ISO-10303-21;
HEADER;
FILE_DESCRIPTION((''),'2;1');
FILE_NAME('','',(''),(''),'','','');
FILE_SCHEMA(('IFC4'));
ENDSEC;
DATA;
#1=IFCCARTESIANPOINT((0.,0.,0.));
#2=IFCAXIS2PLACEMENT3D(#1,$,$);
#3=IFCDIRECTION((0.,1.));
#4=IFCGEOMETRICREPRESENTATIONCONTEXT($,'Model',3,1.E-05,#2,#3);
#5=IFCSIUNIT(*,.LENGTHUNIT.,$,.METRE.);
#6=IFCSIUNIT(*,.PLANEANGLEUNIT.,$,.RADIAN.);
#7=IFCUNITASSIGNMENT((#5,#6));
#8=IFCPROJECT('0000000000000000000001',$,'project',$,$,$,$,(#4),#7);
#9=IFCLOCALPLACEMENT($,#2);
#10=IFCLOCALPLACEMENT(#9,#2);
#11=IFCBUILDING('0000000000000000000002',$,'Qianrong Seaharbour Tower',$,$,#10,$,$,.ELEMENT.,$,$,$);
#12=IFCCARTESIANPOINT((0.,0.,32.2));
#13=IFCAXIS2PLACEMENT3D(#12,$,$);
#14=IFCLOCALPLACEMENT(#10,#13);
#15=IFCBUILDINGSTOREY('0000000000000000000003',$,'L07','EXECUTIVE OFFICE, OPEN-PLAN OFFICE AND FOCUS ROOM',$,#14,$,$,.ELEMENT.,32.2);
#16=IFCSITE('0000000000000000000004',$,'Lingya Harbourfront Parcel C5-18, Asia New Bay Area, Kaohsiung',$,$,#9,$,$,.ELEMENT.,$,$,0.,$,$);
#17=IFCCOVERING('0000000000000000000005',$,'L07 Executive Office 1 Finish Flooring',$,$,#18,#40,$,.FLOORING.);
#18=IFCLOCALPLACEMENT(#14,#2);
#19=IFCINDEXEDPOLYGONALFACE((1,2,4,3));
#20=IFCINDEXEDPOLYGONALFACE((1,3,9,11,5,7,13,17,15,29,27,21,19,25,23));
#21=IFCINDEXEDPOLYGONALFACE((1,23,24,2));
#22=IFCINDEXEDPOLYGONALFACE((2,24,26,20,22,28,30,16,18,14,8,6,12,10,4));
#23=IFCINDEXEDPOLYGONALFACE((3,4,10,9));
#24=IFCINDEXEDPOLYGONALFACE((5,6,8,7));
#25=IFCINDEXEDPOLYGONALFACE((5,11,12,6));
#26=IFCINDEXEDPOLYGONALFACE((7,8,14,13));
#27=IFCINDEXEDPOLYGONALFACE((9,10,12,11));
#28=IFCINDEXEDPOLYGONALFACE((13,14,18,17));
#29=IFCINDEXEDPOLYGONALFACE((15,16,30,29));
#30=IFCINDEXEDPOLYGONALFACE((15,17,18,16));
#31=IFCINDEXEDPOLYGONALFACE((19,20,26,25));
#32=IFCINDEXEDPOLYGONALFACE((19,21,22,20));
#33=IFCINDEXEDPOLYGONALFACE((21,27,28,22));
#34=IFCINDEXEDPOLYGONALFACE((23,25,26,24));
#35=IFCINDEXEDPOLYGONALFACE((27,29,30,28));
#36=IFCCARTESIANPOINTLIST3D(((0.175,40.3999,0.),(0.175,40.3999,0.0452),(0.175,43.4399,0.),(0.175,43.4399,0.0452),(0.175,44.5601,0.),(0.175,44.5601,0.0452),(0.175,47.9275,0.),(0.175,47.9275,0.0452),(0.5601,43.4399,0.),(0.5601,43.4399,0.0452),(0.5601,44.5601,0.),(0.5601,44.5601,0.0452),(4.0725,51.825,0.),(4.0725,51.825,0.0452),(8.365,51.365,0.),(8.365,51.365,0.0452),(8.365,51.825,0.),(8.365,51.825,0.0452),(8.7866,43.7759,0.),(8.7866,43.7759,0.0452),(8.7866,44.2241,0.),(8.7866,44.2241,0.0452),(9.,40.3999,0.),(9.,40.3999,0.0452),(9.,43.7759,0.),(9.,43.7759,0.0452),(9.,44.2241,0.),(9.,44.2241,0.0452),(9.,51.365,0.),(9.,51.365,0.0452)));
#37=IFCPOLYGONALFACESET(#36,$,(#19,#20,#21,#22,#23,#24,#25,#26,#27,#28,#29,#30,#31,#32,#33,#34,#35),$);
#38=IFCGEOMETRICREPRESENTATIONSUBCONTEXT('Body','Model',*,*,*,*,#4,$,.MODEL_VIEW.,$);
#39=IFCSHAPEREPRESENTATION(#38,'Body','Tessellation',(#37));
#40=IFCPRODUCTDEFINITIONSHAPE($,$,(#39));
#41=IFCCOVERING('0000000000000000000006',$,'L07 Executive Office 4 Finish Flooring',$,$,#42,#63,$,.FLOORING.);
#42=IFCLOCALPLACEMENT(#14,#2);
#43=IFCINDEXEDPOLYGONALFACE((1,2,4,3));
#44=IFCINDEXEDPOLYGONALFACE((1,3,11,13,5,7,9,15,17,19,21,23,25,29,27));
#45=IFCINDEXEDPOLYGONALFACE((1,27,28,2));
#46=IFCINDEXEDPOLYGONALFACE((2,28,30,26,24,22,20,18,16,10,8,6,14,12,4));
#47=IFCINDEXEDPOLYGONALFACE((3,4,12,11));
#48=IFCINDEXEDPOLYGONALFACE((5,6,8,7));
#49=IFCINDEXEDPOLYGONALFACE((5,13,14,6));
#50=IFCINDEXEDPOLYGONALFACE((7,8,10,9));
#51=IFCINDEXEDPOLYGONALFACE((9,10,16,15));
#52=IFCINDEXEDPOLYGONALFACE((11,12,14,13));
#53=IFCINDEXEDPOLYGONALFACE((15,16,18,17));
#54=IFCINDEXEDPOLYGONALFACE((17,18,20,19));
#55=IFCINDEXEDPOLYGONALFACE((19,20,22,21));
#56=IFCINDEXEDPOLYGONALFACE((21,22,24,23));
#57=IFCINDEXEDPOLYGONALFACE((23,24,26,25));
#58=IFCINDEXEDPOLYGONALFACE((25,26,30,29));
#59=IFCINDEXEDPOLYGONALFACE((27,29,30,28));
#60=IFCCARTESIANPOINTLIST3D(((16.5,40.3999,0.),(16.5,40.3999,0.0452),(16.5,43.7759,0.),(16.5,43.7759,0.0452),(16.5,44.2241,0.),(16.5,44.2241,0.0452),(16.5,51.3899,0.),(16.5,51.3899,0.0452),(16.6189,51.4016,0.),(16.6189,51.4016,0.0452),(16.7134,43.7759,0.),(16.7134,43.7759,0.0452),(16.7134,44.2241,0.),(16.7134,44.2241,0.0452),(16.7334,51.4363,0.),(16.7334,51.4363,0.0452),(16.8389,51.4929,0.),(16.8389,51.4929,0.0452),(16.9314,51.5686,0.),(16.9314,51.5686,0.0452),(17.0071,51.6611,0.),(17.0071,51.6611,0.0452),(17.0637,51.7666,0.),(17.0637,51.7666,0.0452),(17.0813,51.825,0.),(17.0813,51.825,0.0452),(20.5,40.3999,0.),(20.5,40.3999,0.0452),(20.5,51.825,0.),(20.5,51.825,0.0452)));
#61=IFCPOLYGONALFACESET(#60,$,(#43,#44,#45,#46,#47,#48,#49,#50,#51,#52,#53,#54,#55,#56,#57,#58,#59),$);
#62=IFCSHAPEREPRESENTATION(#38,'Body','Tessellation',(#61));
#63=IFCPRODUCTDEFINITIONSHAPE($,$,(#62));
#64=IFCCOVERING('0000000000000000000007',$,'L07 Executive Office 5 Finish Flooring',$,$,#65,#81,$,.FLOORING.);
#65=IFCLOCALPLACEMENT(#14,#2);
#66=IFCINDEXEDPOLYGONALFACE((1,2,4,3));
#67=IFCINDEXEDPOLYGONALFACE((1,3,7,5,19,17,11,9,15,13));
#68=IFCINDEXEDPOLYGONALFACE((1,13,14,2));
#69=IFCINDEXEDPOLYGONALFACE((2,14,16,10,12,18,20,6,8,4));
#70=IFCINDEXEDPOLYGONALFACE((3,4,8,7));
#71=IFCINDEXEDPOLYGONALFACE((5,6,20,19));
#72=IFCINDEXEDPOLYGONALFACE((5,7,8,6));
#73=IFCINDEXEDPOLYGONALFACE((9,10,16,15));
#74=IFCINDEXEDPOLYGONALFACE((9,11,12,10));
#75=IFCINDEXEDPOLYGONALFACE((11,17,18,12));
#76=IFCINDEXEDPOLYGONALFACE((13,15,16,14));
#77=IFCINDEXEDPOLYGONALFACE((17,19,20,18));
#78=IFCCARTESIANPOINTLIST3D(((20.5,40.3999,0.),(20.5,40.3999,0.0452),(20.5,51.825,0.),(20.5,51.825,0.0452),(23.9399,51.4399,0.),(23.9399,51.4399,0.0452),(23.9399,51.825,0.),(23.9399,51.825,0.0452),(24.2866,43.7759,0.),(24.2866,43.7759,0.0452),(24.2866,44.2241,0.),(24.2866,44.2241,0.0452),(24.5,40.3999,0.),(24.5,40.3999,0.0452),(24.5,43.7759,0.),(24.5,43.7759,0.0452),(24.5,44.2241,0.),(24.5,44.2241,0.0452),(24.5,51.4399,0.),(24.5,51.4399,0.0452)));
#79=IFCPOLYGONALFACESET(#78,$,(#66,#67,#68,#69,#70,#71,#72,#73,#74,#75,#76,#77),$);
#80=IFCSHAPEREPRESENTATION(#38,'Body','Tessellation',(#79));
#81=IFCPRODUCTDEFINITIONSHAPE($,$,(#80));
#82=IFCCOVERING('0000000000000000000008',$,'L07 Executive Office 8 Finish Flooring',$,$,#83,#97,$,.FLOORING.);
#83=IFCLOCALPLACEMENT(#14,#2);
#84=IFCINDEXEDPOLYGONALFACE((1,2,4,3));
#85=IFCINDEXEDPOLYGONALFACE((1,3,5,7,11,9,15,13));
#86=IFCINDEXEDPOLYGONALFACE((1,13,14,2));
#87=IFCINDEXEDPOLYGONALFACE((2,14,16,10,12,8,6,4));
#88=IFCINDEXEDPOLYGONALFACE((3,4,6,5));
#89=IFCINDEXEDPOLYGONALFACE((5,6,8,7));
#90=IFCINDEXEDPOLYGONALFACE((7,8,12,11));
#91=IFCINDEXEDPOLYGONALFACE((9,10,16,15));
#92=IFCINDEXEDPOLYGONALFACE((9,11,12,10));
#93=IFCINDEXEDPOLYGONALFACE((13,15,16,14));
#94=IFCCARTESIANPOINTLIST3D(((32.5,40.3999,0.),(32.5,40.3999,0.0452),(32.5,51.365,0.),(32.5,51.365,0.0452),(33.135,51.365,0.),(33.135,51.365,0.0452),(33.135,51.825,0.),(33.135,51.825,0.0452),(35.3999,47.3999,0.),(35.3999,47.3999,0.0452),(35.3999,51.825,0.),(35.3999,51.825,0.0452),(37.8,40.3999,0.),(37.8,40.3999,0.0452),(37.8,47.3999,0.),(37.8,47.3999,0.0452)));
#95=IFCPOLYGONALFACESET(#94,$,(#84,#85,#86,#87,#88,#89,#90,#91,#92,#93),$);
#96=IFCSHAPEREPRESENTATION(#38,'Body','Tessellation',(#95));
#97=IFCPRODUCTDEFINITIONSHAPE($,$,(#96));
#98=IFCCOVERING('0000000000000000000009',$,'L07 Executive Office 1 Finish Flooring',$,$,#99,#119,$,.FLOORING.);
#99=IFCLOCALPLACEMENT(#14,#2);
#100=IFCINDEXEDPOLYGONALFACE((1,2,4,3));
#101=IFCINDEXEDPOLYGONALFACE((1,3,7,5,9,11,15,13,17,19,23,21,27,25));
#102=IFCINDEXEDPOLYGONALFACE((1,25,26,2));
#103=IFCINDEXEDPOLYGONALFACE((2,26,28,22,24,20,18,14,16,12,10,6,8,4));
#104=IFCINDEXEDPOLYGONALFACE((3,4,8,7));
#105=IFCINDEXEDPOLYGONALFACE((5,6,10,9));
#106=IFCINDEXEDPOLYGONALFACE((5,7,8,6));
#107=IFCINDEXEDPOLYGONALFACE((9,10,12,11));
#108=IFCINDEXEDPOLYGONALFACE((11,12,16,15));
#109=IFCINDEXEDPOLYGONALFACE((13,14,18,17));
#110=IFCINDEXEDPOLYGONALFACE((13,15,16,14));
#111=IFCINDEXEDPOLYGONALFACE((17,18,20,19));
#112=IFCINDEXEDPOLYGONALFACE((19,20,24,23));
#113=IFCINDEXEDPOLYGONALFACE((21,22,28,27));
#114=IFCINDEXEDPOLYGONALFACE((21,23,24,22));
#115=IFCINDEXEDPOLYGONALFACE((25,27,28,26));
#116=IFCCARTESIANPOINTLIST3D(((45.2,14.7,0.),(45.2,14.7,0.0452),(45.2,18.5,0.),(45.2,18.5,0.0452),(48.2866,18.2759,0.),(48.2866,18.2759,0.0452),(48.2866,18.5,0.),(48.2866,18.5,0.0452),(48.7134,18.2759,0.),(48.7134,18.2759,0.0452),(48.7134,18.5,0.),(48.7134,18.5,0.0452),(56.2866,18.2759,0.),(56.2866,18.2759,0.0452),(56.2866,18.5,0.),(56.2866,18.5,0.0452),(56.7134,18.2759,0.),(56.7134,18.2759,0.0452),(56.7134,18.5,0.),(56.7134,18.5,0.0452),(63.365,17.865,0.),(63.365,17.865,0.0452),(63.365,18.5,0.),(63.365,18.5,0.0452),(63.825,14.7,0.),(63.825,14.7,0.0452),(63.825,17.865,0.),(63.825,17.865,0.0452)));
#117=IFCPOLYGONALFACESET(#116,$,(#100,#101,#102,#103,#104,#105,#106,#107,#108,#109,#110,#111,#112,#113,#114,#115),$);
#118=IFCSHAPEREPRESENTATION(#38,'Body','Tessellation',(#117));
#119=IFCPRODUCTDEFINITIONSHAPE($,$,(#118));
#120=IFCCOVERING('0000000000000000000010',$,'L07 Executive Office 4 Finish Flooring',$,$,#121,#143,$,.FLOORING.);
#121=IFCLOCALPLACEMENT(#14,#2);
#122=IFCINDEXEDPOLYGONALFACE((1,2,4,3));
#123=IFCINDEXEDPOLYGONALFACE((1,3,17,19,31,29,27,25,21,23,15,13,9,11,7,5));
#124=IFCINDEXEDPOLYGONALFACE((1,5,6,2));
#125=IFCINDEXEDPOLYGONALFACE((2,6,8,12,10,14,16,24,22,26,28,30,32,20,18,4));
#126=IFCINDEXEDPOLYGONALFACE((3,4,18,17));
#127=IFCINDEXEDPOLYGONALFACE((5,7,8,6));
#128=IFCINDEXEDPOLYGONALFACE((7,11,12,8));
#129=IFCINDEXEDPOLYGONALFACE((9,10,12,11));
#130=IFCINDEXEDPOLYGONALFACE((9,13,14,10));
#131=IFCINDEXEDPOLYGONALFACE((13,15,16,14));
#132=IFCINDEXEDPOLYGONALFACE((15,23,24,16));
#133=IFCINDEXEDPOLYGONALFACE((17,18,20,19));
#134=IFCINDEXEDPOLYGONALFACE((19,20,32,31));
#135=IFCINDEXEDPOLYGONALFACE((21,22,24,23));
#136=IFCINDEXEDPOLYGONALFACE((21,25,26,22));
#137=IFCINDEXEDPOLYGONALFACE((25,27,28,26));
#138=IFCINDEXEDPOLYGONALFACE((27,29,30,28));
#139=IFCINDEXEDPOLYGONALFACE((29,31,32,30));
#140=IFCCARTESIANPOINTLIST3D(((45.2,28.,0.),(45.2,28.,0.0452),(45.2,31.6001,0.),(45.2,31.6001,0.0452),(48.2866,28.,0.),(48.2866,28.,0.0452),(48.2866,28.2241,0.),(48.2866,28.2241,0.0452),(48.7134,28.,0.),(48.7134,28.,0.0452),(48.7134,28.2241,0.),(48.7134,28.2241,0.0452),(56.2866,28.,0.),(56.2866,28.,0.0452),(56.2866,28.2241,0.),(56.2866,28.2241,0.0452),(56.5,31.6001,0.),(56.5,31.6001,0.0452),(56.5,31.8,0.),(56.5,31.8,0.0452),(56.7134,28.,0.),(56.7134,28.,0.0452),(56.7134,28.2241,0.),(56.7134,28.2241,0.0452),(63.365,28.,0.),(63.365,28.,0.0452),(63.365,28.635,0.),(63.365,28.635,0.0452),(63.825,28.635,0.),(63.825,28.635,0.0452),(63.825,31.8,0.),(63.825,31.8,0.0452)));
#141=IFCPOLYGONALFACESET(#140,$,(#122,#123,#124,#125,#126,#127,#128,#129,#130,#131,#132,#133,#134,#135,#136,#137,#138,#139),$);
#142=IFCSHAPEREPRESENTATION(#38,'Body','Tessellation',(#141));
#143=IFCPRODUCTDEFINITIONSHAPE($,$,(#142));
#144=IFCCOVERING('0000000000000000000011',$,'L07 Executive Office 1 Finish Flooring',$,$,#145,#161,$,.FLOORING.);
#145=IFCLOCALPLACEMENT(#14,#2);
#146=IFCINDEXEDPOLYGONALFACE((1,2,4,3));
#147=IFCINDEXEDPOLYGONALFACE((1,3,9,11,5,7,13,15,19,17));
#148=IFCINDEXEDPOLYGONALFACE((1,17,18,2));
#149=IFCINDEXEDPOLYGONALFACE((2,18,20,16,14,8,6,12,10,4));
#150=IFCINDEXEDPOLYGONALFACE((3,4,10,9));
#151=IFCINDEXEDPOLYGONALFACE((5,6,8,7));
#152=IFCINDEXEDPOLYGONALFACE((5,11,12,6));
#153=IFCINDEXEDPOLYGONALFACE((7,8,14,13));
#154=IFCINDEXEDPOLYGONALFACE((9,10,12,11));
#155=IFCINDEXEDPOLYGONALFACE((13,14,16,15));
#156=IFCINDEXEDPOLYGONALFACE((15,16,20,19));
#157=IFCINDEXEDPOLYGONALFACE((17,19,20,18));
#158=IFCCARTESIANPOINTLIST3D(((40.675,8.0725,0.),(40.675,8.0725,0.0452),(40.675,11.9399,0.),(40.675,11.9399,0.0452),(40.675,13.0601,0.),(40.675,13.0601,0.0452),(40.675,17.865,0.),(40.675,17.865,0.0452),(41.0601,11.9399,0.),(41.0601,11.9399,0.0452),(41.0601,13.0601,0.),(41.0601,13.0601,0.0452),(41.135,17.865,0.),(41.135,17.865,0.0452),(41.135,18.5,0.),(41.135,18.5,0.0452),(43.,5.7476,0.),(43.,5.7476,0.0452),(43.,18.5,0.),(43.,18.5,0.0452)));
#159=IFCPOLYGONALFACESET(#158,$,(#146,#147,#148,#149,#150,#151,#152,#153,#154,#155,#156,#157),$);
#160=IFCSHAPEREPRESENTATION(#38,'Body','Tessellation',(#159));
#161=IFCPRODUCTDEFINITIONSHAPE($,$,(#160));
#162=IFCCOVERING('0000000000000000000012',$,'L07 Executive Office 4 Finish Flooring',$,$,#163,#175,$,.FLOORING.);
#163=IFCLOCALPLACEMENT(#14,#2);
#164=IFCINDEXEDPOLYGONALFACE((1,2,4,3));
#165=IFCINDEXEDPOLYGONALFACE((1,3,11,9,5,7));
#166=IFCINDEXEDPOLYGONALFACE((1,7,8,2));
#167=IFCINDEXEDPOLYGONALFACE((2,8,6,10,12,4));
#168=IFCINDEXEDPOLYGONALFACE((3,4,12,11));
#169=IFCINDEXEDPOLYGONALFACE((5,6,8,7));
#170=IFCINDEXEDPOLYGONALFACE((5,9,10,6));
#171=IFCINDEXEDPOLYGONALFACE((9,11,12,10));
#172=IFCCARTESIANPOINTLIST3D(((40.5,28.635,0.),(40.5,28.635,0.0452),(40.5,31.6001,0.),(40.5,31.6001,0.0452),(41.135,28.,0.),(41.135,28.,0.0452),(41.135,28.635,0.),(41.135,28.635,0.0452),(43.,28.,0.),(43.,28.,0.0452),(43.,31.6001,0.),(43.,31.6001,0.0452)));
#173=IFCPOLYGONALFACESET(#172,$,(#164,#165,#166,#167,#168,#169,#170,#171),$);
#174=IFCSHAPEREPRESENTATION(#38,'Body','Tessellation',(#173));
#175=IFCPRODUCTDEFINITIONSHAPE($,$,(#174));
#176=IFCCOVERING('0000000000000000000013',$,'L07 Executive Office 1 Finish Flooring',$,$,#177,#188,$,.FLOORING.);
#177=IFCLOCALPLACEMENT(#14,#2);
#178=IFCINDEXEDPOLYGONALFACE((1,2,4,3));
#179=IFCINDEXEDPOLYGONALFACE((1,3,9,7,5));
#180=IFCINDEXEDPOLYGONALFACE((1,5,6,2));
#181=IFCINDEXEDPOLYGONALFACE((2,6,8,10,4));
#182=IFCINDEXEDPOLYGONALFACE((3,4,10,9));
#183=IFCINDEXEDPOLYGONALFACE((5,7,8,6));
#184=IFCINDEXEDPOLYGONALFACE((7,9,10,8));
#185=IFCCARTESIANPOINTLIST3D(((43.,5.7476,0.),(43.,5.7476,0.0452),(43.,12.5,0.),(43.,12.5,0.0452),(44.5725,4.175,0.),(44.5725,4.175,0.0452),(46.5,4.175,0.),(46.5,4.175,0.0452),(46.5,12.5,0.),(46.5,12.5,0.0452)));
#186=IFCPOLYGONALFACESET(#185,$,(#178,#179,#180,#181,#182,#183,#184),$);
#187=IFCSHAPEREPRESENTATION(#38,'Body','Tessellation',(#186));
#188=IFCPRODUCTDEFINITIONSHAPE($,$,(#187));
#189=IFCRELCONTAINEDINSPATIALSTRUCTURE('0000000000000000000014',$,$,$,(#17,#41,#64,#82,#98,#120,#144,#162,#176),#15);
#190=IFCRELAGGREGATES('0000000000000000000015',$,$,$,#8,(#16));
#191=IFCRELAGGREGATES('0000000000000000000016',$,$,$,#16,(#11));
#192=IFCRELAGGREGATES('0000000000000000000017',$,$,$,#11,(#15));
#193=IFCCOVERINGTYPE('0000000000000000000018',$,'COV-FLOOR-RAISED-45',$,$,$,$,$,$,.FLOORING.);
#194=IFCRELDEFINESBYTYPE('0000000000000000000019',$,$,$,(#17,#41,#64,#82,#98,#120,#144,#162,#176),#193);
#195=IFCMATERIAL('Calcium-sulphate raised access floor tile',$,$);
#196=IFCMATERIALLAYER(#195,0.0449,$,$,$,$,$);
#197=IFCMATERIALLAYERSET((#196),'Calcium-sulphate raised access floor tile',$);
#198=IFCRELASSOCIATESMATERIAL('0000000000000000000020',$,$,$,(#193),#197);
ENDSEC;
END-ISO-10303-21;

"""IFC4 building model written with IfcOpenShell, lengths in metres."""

from ifc_helpers import new_model, si_unit, direction, frame, origin, place, context, subcontext, project, spatial, polyline, outline, extrude, material, layer, layer_set, type_object, element, save


model = new_model("IFC4")

# Units and contexts
model_context = context("Model", 3, precision=1e-05, world=origin(), true_north=direction((0.0, 1.0)))
body_context = subcontext(model_context, "Body", "Model", "MODEL_VIEW")
ifc_project = project(units=[si_unit("LENGTHUNIT", "METRE"), si_unit("PLANEANGLEUNIT", "RADIAN")], contexts=[model_context])

# Site, building, storey
site_placement = place(None, origin())
site = spatial("IfcSite", under=ifc_project, at=site_placement, Name="Lingya Harbourfront Parcel C5-18, Asia New Bay Area, Kaohsiung", CompositionType="ELEMENT", RefElevation=0.0)
building_placement = place(site_placement, origin())
building = spatial("IfcBuilding", under=site, at=building_placement, Name="Qianrong Seaharbour Tower", CompositionType="ELEMENT")
storey_placement = place(building_placement, frame((0.0, 0.0, 32.2)))
storey = spatial("IfcBuildingStorey", under=building, at=storey_placement, Name="L07", Description="EXECUTIVE OFFICE, OPEN-PLAN OFFICE AND FOCUS ROOM", CompositionType="ELEMENT", Elevation=32.2)

# Coverings
ifc_material_1 = material(Name="Calcium-sulphate raised access floor tile")
ifc_layer_1 = layer(ifc_material_1, 0.0449)
ifc_layer_set_1 = layer_set([ifc_layer_1], Name="Calcium-sulphate raised access floor tile")
covering_type_1 = type_object("IfcCoveringType", Name="COV-FLOOR-RAISED-45", PredefinedType="FLOORING", material=ifc_layer_set_1)
covering_1_placement = place(storey_placement, origin())
element("IfcCovering", 1, at=covering_1_placement, inside=storey, type_object=covering_type_1, Name="L07 Executive Office 1 Finish Flooring", PredefinedType="FLOORING", context=body_context, shape_type="SweptSolid", body=[
    extrude(outline(polyline([(0.175, 43.4399), (0.5601, 43.4399), (0.5601, 44.5601), (0.175, 44.5601), (0.175, 47.9275), (4.0725, 51.825), (8.365, 51.825), (8.365, 51.365), (9.0, 51.365), (9.0, 44.2241), (8.7866, 44.2241), (8.7866, 43.7759), (9.0, 43.7759), (9.0, 40.3999), (0.175, 40.3999), (0.175, 43.4399)])), origin(), (0.0, 0.0, 1.0), 0.0452),
])
covering_2_placement = place(storey_placement, origin())
element("IfcCovering", 2, at=covering_2_placement, inside=storey, type_object=covering_type_1, Name="L07 Executive Office 4 Finish Flooring", PredefinedType="FLOORING", context=body_context, shape_type="SweptSolid", body=[
    extrude(outline(polyline([(16.5, 43.7759), (16.7134, 43.7759), (16.7134, 44.2241), (16.5, 44.2241), (16.5, 51.3899), (16.6189, 51.4016), (16.7334, 51.4363), (16.8389, 51.4929), (16.9314, 51.5686), (17.0071, 51.6611), (17.0637, 51.7666), (17.0813, 51.825), (20.5, 51.825), (20.5, 40.3999), (16.5, 40.3999), (16.5, 43.7759)])), origin(), (0.0, 0.0, 1.0), 0.0452),
])
covering_3_placement = place(storey_placement, origin())
element("IfcCovering", 3, at=covering_3_placement, inside=storey, type_object=covering_type_1, Name="L07 Executive Office 5 Finish Flooring", PredefinedType="FLOORING", context=body_context, shape_type="SweptSolid", body=[
    extrude(outline(polyline([(20.5, 51.825), (23.9399, 51.825), (23.9399, 51.4399), (24.5, 51.4399), (24.5, 44.2241), (24.2866, 44.2241), (24.2866, 43.7759), (24.5, 43.7759), (24.5, 40.3999), (20.5, 40.3999), (20.5, 51.825)])), origin(), (0.0, 0.0, 1.0), 0.0452),
])
covering_4_placement = place(storey_placement, origin())
element("IfcCovering", 4, at=covering_4_placement, inside=storey, type_object=covering_type_1, Name="L07 Executive Office 8 Finish Flooring", PredefinedType="FLOORING", context=body_context, shape_type="SweptSolid", body=[
    extrude(outline(polyline([(32.5, 51.365), (33.135, 51.365), (33.135, 51.825), (35.3999, 51.825), (35.3999, 47.3999), (37.8, 47.3999), (37.8, 40.3999), (32.5, 40.3999), (32.5, 51.365)])), origin(), (0.0, 0.0, 1.0), 0.0452),
])
covering_5_placement = place(storey_placement, origin())
element("IfcCovering", 5, at=covering_5_placement, inside=storey, type_object=covering_type_1, Name="L07 Executive Office 1 Finish Flooring", PredefinedType="FLOORING", context=body_context, shape_type="SweptSolid", body=[
    extrude(outline(polyline([(48.2866, 18.5), (48.2866, 18.2759), (48.7134, 18.2759), (48.7134, 18.5), (56.2866, 18.5), (56.2866, 18.2759), (56.7134, 18.2759), (56.7134, 18.5), (63.365, 18.5), (63.365, 17.865), (63.825, 17.865), (63.825, 14.7), (45.2, 14.7), (45.2, 18.5), (48.2866, 18.5)])), origin(), (0.0, 0.0, 1.0), 0.0452),
])
covering_6_placement = place(storey_placement, origin())
element("IfcCovering", 6, at=covering_6_placement, inside=storey, type_object=covering_type_1, Name="L07 Executive Office 4 Finish Flooring", PredefinedType="FLOORING", context=body_context, shape_type="SweptSolid", body=[
    extrude(outline(polyline([(56.5, 31.6001), (56.5, 31.8), (63.825, 31.8), (63.825, 28.635), (63.365, 28.635), (63.365, 28.0), (56.7134, 28.0), (56.7134, 28.2241), (56.2866, 28.2241), (56.2866, 28.0), (48.7134, 28.0), (48.7134, 28.2241), (48.2866, 28.2241), (48.2866, 28.0), (45.2, 28.0), (45.2, 31.6001), (56.5, 31.6001)])), origin(), (0.0, 0.0, 1.0), 0.0452),
])
covering_7_placement = place(storey_placement, origin())
element("IfcCovering", 7, at=covering_7_placement, inside=storey, type_object=covering_type_1, Name="L07 Executive Office 1 Finish Flooring", PredefinedType="FLOORING", context=body_context, shape_type="SweptSolid", body=[
    extrude(outline(polyline([(40.675, 8.0725), (40.675, 11.9399), (41.0601, 11.9399), (41.0601, 13.0601), (40.675, 13.0601), (40.675, 17.865), (41.135, 17.865), (41.135, 18.5), (43.0, 18.5), (43.0, 5.7476), (40.675, 8.0725)])), origin(), (0.0, 0.0, 1.0), 0.0452),
])
covering_8_placement = place(storey_placement, origin())
element("IfcCovering", 8, at=covering_8_placement, inside=storey, type_object=covering_type_1, Name="L07 Executive Office 4 Finish Flooring", PredefinedType="FLOORING", context=body_context, shape_type="SweptSolid", body=[
    extrude(outline(polyline([(43.0, 28.0), (41.135, 28.0), (41.135, 28.635), (40.5, 28.635), (40.5, 31.6001), (43.0, 31.6001), (43.0, 28.0)])), origin(), (0.0, 0.0, 1.0), 0.0452),
])
covering_9_placement = place(storey_placement, origin())
element("IfcCovering", 9, at=covering_9_placement, inside=storey, type_object=covering_type_1, Name="L07 Executive Office 1 Finish Flooring", PredefinedType="FLOORING", context=body_context, shape_type="SweptSolid", body=[
    extrude(outline(polyline([(46.5, 4.175), (44.5725, 4.175), (43.0, 5.7476), (43.0, 12.5), (46.5, 12.5), (46.5, 4.175)])), origin(), (0.0, 0.0, 1.0), 0.0452),
])

save(model, "model.ifc")
